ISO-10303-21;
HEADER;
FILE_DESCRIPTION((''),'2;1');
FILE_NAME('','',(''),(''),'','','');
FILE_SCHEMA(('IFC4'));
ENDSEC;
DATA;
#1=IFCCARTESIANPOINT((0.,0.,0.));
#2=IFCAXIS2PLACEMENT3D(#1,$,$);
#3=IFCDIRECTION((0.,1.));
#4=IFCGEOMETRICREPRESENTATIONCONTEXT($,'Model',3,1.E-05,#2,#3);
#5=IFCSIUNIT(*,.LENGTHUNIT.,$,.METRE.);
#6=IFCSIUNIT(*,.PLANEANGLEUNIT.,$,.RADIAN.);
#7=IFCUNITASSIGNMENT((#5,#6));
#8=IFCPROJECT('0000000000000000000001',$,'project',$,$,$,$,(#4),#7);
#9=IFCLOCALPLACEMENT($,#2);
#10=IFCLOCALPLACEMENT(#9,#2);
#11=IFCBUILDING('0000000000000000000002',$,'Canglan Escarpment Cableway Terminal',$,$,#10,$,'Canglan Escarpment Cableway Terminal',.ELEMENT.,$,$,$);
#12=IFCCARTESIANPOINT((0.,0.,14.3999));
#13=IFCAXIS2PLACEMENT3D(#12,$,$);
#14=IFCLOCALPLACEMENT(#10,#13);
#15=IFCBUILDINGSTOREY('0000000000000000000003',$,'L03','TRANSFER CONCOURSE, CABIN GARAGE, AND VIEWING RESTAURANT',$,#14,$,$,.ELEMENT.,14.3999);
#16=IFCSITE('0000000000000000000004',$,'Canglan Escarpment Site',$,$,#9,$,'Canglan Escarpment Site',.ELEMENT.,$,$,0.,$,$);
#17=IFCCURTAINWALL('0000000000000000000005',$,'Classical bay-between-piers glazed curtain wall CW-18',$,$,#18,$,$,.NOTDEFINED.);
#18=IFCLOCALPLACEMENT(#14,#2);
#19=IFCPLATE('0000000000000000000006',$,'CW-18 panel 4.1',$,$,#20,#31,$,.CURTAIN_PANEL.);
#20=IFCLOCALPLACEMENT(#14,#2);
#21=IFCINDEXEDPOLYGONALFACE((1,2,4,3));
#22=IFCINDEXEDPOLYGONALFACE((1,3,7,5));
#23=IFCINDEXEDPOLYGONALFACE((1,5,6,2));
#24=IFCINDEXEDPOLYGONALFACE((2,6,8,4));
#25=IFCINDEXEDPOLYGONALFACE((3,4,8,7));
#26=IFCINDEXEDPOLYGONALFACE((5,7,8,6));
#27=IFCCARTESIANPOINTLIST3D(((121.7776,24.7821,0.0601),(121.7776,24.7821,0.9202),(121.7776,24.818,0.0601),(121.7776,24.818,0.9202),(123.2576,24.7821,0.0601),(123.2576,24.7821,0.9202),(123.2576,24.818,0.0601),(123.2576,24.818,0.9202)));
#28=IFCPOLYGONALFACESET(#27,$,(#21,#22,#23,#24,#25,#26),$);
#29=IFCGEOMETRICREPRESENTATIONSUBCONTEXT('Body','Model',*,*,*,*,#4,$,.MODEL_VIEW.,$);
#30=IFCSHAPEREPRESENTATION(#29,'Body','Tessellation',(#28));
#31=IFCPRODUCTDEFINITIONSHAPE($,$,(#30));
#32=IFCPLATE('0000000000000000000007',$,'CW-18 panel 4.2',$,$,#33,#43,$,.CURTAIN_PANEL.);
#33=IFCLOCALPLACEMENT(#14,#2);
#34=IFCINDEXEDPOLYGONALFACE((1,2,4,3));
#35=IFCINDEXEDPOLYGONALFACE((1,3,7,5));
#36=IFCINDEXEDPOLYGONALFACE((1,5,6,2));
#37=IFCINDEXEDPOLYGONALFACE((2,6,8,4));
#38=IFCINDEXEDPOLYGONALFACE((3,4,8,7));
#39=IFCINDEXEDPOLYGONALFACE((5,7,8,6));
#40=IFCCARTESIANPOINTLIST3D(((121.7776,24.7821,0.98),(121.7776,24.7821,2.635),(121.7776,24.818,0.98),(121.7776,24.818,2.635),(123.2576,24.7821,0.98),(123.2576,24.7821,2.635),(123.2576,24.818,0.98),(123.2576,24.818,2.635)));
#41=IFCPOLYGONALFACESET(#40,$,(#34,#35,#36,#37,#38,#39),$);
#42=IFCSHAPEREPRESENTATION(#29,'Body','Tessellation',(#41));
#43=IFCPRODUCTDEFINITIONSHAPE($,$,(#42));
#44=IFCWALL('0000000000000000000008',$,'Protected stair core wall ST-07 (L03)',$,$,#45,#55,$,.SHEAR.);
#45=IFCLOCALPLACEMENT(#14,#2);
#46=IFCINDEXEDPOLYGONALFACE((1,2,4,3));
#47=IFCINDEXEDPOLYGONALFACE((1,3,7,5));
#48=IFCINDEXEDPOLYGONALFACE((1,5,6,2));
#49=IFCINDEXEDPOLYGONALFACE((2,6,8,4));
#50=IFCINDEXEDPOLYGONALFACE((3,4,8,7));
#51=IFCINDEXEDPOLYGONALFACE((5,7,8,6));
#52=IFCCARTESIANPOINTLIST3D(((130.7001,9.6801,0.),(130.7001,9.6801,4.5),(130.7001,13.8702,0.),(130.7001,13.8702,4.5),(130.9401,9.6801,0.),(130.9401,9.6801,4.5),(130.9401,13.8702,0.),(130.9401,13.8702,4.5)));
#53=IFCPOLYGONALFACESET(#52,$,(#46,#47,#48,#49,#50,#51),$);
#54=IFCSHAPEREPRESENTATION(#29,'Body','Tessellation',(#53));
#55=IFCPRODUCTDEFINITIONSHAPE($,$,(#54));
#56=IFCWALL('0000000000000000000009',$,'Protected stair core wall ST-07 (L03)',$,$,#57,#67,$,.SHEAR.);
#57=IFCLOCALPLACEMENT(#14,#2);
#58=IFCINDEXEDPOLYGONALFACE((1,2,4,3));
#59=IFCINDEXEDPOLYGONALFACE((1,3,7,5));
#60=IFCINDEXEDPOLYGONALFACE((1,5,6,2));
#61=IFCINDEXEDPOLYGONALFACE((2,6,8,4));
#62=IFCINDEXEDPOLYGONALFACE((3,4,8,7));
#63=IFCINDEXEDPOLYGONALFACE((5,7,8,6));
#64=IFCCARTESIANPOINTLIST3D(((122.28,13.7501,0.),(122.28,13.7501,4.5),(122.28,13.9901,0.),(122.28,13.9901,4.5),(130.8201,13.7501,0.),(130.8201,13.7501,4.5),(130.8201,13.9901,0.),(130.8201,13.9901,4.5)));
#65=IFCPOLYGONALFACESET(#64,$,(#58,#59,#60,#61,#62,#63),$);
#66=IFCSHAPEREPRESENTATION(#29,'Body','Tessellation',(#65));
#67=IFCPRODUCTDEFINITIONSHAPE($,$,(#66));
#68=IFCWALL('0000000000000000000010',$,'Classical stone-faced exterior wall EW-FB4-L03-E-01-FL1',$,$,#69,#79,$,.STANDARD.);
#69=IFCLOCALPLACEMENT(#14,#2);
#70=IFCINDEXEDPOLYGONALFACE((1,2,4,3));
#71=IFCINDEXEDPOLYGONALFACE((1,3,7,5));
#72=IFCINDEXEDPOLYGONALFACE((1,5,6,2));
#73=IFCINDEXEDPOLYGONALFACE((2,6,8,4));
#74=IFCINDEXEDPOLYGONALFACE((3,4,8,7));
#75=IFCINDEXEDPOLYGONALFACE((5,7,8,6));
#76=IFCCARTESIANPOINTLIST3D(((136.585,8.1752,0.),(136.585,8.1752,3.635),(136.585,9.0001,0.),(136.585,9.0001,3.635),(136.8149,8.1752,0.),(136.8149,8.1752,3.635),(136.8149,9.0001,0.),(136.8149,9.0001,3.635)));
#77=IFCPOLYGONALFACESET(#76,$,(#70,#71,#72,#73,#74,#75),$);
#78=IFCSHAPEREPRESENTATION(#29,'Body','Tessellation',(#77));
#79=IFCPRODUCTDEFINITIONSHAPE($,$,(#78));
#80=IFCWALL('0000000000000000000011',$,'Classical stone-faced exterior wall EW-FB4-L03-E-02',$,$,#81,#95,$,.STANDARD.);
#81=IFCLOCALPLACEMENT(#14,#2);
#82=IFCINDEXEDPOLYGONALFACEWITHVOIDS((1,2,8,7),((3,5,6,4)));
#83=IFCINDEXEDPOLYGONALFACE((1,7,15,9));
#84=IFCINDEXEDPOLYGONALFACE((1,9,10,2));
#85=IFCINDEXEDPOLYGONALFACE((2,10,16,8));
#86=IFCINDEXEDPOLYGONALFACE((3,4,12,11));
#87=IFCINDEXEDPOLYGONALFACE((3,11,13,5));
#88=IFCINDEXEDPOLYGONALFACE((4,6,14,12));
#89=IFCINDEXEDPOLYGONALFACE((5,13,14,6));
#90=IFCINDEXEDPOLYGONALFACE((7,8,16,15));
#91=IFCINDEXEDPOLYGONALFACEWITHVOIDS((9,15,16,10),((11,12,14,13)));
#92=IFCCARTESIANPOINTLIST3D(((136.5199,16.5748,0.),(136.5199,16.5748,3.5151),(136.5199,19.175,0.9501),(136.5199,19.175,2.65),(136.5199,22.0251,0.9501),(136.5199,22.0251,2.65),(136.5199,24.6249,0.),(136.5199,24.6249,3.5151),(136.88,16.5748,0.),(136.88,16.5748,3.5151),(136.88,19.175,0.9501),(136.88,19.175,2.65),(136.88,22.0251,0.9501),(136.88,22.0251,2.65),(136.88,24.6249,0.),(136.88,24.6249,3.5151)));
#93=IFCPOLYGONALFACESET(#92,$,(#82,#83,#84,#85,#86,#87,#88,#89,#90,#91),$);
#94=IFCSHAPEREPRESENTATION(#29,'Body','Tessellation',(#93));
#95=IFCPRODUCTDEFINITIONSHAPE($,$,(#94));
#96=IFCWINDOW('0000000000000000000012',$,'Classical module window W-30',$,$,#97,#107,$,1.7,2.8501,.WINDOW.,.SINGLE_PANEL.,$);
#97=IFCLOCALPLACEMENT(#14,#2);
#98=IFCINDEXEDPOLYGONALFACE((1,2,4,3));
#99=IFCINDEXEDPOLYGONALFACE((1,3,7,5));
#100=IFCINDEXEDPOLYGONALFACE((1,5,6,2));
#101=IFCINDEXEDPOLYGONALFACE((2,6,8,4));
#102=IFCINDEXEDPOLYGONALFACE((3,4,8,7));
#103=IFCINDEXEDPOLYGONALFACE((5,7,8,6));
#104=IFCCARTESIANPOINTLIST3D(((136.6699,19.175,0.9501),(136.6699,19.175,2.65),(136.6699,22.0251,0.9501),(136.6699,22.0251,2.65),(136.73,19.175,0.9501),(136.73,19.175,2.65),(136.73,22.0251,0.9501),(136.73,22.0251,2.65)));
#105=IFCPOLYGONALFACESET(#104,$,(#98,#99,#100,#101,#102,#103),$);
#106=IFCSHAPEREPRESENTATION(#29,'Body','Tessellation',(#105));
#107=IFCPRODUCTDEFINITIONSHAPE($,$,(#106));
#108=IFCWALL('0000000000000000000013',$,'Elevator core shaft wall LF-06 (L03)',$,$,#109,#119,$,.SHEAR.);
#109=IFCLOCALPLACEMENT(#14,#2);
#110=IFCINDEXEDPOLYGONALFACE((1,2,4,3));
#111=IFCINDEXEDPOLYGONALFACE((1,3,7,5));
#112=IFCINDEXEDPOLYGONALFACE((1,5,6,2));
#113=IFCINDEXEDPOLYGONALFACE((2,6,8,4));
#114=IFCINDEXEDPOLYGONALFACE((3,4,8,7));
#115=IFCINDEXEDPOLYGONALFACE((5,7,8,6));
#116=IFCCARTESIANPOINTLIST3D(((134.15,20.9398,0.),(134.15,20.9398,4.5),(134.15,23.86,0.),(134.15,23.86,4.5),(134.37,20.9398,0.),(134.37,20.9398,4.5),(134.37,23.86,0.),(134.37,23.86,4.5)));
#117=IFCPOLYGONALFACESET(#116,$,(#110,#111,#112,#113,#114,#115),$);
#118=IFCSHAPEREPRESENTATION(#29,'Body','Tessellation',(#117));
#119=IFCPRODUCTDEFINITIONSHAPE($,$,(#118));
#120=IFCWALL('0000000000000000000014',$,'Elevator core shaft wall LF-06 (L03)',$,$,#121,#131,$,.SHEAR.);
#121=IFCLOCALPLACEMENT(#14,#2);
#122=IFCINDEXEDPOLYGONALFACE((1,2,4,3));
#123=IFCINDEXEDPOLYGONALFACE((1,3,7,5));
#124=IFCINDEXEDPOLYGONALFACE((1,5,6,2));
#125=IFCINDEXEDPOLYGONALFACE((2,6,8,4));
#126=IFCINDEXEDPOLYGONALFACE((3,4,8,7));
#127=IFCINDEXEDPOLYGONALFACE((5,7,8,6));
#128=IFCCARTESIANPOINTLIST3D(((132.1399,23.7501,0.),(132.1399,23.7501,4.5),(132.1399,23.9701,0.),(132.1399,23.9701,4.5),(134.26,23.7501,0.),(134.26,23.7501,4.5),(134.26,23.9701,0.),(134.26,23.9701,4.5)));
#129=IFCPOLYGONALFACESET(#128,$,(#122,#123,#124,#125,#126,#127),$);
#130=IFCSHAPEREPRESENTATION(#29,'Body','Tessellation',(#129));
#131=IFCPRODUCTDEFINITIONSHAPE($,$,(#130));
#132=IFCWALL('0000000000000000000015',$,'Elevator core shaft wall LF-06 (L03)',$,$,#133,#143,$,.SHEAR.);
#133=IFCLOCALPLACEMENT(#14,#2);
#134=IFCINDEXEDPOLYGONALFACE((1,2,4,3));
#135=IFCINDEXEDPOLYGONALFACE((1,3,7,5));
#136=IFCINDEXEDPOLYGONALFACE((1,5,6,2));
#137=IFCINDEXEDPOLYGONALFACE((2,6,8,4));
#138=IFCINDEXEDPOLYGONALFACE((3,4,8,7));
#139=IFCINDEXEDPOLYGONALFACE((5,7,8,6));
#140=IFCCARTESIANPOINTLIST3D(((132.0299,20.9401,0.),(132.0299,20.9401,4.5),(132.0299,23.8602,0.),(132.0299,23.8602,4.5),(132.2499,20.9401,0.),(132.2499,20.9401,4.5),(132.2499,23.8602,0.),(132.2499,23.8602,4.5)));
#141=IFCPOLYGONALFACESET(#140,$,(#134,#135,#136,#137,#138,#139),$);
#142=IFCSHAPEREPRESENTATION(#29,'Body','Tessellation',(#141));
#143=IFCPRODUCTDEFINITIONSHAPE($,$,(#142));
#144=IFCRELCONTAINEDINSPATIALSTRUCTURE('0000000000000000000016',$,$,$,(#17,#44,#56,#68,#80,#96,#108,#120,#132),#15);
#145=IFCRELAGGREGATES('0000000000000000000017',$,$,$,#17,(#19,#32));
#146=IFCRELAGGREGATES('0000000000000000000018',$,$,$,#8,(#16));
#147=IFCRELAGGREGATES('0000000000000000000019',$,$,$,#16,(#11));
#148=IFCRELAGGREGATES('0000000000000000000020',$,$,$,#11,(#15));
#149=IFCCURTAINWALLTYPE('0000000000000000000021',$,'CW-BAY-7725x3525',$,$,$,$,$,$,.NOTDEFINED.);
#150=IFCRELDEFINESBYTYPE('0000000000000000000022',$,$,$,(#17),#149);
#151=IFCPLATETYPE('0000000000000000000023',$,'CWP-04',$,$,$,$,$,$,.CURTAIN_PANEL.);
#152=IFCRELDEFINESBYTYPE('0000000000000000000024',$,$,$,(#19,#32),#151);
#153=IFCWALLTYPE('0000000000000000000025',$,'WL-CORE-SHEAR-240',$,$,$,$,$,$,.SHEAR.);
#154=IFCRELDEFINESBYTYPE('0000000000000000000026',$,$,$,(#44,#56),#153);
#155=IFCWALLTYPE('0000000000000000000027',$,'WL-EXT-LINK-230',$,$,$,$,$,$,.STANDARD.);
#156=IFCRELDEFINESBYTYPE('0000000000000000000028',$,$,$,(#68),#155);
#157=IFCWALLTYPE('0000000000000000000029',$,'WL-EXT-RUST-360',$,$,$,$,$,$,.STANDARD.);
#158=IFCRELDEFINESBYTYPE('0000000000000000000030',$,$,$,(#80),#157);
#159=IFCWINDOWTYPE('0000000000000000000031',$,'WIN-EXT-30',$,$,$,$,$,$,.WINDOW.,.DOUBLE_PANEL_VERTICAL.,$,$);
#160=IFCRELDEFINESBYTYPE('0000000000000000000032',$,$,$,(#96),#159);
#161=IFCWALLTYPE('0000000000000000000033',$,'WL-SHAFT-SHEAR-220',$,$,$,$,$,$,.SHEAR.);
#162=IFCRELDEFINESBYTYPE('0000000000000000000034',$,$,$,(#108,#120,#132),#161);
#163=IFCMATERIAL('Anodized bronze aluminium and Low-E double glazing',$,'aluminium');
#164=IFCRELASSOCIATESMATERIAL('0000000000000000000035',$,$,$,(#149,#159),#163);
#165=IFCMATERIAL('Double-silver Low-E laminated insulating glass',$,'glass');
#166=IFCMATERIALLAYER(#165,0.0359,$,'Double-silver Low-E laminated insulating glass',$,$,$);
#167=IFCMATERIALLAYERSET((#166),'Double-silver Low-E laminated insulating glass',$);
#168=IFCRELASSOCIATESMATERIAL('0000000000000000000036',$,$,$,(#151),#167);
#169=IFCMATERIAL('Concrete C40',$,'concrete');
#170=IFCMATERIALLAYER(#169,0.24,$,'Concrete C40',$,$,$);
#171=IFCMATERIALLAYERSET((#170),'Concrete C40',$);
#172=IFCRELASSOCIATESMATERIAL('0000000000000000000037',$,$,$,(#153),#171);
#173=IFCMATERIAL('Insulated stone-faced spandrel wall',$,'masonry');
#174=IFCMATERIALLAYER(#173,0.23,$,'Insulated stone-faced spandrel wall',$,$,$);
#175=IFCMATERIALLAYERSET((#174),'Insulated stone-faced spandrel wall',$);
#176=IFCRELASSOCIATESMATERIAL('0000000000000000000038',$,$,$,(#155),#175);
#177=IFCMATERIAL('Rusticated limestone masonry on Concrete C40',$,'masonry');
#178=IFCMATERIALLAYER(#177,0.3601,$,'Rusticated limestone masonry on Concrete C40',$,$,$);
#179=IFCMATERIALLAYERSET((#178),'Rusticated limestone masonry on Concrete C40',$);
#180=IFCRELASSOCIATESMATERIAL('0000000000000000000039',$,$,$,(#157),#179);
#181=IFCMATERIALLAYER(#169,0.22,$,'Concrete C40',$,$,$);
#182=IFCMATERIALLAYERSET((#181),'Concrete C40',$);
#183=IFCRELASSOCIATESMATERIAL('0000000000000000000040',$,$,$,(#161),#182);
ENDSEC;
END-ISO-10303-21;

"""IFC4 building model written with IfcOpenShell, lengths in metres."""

from ifc_helpers import new_model, si_unit, direction, frame, frame_2d, origin, origin_2d, place, context, subcontext, project, spatial, rectangle, extrude, material, layer, layer_set, type_object, element, fill, aggregate, save


model = new_model("IFC4")

# Units and contexts
model_context = context("Model", 3, precision=1e-05, world=origin(), true_north=direction((0.0, 1.0)))
body_context = subcontext(model_context, "Body", "Model", "MODEL_VIEW")
ifc_project = project(units=[si_unit("LENGTHUNIT", "METRE"), si_unit("PLANEANGLEUNIT", "RADIAN")], contexts=[model_context])

# Site, building, storey
site_placement = place(None, origin())
site = spatial("IfcSite", under=ifc_project, at=site_placement, Name="Canglan Escarpment Site", LongName="Canglan Escarpment Site", CompositionType="ELEMENT", RefElevation=0.0)
building_placement = place(site_placement, origin())
building = spatial("IfcBuilding", under=site, at=building_placement, Name="Canglan Escarpment Cableway Terminal", LongName="Canglan Escarpment Cableway Terminal", CompositionType="ELEMENT")
storey_placement = place(building_placement, frame((0.0, 0.0, 14.3999)))
storey = spatial("IfcBuildingStorey", under=building, at=storey_placement, Name="L03", Description="TRANSFER CONCOURSE, CABIN GARAGE, AND VIEWING RESTAURANT", CompositionType="ELEMENT", Elevation=14.3999)

# Shared definitions
ifc_material_1 = material(Name="Concrete C40", Category="concrete")

# Curtain wall, plates
ifc_material_2 = material(Name="Anodized bronze aluminium and Low-E double glazing", Category="aluminium")
curtain_wall_type = type_object("IfcCurtainWallType", Name="CW-BAY-7725x3525", PredefinedType="NOTDEFINED", material=ifc_material_2)
curtain_wall_placement = place(storey_placement, origin())
curtain_wall = element("IfcCurtainWall", 1, at=curtain_wall_placement, inside=storey, type_object=curtain_wall_type, Name="Classical bay-between-piers glazed curtain wall CW-18", PredefinedType="NOTDEFINED")
ifc_material_3 = material(Name="Double-silver Low-E laminated insulating glass", Category="glass")
ifc_layer_1 = layer(ifc_material_3, 0.0359, Name="Double-silver Low-E laminated insulating glass")
ifc_layer_set_1 = layer_set([ifc_layer_1], Name="Double-silver Low-E laminated insulating glass")
plate_type = type_object("IfcPlateType", Name="CWP-04", PredefinedType="CURTAIN_PANEL", material=ifc_layer_set_1)
plate_1_placement = place(storey_placement, frame((122.5176, 24.8, 0.0601), z_axis=(0.0, 0.0, 1.0), x_axis=(-1.0, 0.0, 0.0)))
plate_1 = element("IfcPlate", 2, at=plate_1_placement, type_object=plate_type, Name="CW-18 panel 4.1", PredefinedType="CURTAIN_PANEL", context=body_context, shape_type="SweptSolid", body=[
    extrude(rectangle(XDim=1.48, YDim=0.0359, at=origin_2d()), origin(), (0.0, 0.0, 1.0), 0.8601),
])
plate_2_placement = place(storey_placement, frame((122.5176, 24.8, 0.98), z_axis=(0.0, 0.0, 1.0), x_axis=(-1.0, 0.0, 0.0)))
plate_2 = element("IfcPlate", 3, at=plate_2_placement, type_object=plate_type, Name="CW-18 panel 4.2", PredefinedType="CURTAIN_PANEL", context=body_context, shape_type="SweptSolid", body=[
    extrude(rectangle(XDim=1.48, YDim=0.0359, at=origin_2d()), origin(), (0.0, 0.0, 1.0), 1.655),
])
aggregate(curtain_wall, [plate_1, plate_2])

# Walls
ifc_layer_2 = layer(ifc_material_1, 0.24, Name="Concrete C40")
ifc_layer_set_2 = layer_set([ifc_layer_2], Name="Concrete C40")
wall_type_1 = type_object("IfcWallType", Name="WL-CORE-SHEAR-240", PredefinedType="SHEAR", material=ifc_layer_set_2)
wall_1_placement = place(storey_placement, frame((130.8201, 9.6799, 0.0), z_axis=(0.0, 0.0, 1.0), x_axis=(0.0, 1.0, 0.0)))
element("IfcWall", 4, at=wall_1_placement, inside=storey, type_object=wall_type_1, Name="Protected stair core wall ST-07 (L03)", PredefinedType="SHEAR", context=body_context, shape_type="SweptSolid", body=[
    extrude(rectangle(XDim=4.1902, YDim=0.24, at=frame_2d((2.0952, 0.0))), origin(), (0.0, 0.0, 1.0), 4.5),
])
wall_2_placement = place(storey_placement, frame((130.8201, 13.8701, 0.0), z_axis=(0.0, 0.0, 1.0), x_axis=(-1.0, 0.0, 0.0)))
element("IfcWall", 5, at=wall_2_placement, inside=storey, type_object=wall_type_1, Name="Protected stair core wall ST-07 (L03)", PredefinedType="SHEAR", context=body_context, shape_type="SweptSolid", body=[
    extrude(rectangle(XDim=8.54, YDim=0.24, at=frame_2d((4.27, 0.0))), origin(), (0.0, 0.0, 1.0), 4.5),
])
ifc_material_4 = material(Name="Insulated stone-faced spandrel wall", Category="masonry")
ifc_layer_3 = layer(ifc_material_4, 0.23, Name="Insulated stone-faced spandrel wall")
ifc_layer_set_3 = layer_set([ifc_layer_3], Name="Insulated stone-faced spandrel wall")
wall_type_2 = type_object("IfcWallType", Name="WL-EXT-LINK-230", PredefinedType="STANDARD", material=ifc_layer_set_3)
wall_3_placement = place(storey_placement, frame((136.7, 8.175, 0.0), z_axis=(0.0, 0.0, 1.0), x_axis=(0.0, 1.0, 0.0)))
element("IfcWall", 6, at=wall_3_placement, inside=storey, type_object=wall_type_2, Name="Classical stone-faced exterior wall EW-FB4-L03-E-01-FL1", PredefinedType="STANDARD", context=body_context, shape_type="SweptSolid", body=[
    extrude(rectangle(XDim=0.825, YDim=0.23, at=frame_2d((0.4126, 0.0))), origin(), (0.0, 0.0, 1.0), 3.635),
])

# Wall, opening, window
ifc_material_5 = material(Name="Rusticated limestone masonry on Concrete C40", Category="masonry")
ifc_layer_4 = layer(ifc_material_5, 0.3601, Name="Rusticated limestone masonry on Concrete C40")
ifc_layer_set_4 = layer_set([ifc_layer_4], Name="Rusticated limestone masonry on Concrete C40")
wall_type_3 = type_object("IfcWallType", Name="WL-EXT-RUST-360", PredefinedType="STANDARD", material=ifc_layer_set_4)
wall_4_placement = place(storey_placement, frame((136.7, 16.575, 0.0), z_axis=(0.0, 0.0, 1.0), x_axis=(0.0, 1.0, 0.0)))
wall_4 = element("IfcWall", 7, at=wall_4_placement, inside=storey, type_object=wall_type_3, Name="Classical stone-faced exterior wall EW-FB4-L03-E-02", PredefinedType="STANDARD", context=body_context, shape_type="SweptSolid", body=[
    extrude(rectangle(XDim=8.05, YDim=0.3601, at=frame_2d((4.0249, 0.0))), origin(), (0.0, 0.0, 1.0), 3.5151),
])
opening_1_placement = place(wall_4_placement, frame((2.6001, 0.0, 0.95)))
opening_1 = element("IfcOpeningElement", 8, at=opening_1_placement, cuts=wall_4, PredefinedType="OPENING", context=body_context, shape_type="SweptSolid", body=[
    extrude(rectangle(XDim=2.8501, YDim=1.7, at=frame_2d((1.425, 0.8501))), frame((0.0, 0.1899, 0.0), z_axis=(0.0, -1.0, 0.0), x_axis=(1.0, 0.0, 0.0)), (0.0, 0.0, 1.0), 0.3801),
])
window_type = type_object("IfcWindowType", Name="WIN-EXT-30", PartitioningType="DOUBLE_PANEL_VERTICAL", PredefinedType="WINDOW", material=ifc_material_2)
window_placement = place(opening_1_placement, origin())
window = element("IfcWindow", 9, at=window_placement, inside=storey, type_object=window_type, Name="Classical module window W-30", OverallHeight=1.7, OverallWidth=2.8501, PartitioningType="SINGLE_PANEL", PredefinedType="WINDOW", context=body_context, shape_type="SweptSolid", body=[
    extrude(rectangle(XDim=2.8501, YDim=1.7, at=frame_2d((1.425, 0.8501))), frame((0.0, 0.03, 0.0), z_axis=(0.0, -1.0, 0.0), x_axis=(1.0, 0.0, 0.0)), (0.0, 0.0, 1.0), 0.0601),
])
fill(opening_1, window)

# Shared definitions
ifc_layer_5 = layer(ifc_material_1, 0.22, Name="Concrete C40")
ifc_layer_set_5 = layer_set([ifc_layer_5], Name="Concrete C40")
wall_type_4 = type_object("IfcWallType", Name="WL-SHAFT-SHEAR-220", PredefinedType="SHEAR", material=ifc_layer_set_5)

# Walls
wall_5_placement = place(storey_placement, frame((134.26, 20.9399, 0.0), z_axis=(0.0, 0.0, 1.0), x_axis=(0.0, 1.0, 0.0)))
element("IfcWall", 10, at=wall_5_placement, inside=storey, type_object=wall_type_4, Name="Elevator core shaft wall LF-06 (L03)", PredefinedType="SHEAR", context=body_context, shape_type="SweptSolid", body=[
    extrude(rectangle(XDim=2.9202, YDim=0.22, at=frame_2d((1.46, 0.0))), origin(), (0.0, 0.0, 1.0), 4.5),
])
wall_6_placement = place(storey_placement, frame((134.26, 23.8601, 0.0), z_axis=(0.0, 0.0, 1.0), x_axis=(-1.0, 0.0, 0.0)))
element("IfcWall", 11, at=wall_6_placement, inside=storey, type_object=wall_type_4, Name="Elevator core shaft wall LF-06 (L03)", PredefinedType="SHEAR", context=body_context, shape_type="SweptSolid", body=[
    extrude(rectangle(XDim=2.1201, YDim=0.22, at=frame_2d((1.0601, 0.0))), origin(), (0.0, 0.0, 1.0), 4.5),
])
wall_7_placement = place(storey_placement, frame((132.1399, 23.8601, 0.0), z_axis=(0.0, 0.0, 1.0), x_axis=(0.0, -1.0, 0.0)))
element("IfcWall", 12, at=wall_7_placement, inside=storey, type_object=wall_type_4, Name="Elevator core shaft wall LF-06 (L03)", PredefinedType="SHEAR", context=body_context, shape_type="SweptSolid", body=[
    extrude(rectangle(XDim=2.9202, YDim=0.22, at=frame_2d((1.46, 0.0))), origin(), (0.0, 0.0, 1.0), 4.5),
])

save(model, "model.ifc")
